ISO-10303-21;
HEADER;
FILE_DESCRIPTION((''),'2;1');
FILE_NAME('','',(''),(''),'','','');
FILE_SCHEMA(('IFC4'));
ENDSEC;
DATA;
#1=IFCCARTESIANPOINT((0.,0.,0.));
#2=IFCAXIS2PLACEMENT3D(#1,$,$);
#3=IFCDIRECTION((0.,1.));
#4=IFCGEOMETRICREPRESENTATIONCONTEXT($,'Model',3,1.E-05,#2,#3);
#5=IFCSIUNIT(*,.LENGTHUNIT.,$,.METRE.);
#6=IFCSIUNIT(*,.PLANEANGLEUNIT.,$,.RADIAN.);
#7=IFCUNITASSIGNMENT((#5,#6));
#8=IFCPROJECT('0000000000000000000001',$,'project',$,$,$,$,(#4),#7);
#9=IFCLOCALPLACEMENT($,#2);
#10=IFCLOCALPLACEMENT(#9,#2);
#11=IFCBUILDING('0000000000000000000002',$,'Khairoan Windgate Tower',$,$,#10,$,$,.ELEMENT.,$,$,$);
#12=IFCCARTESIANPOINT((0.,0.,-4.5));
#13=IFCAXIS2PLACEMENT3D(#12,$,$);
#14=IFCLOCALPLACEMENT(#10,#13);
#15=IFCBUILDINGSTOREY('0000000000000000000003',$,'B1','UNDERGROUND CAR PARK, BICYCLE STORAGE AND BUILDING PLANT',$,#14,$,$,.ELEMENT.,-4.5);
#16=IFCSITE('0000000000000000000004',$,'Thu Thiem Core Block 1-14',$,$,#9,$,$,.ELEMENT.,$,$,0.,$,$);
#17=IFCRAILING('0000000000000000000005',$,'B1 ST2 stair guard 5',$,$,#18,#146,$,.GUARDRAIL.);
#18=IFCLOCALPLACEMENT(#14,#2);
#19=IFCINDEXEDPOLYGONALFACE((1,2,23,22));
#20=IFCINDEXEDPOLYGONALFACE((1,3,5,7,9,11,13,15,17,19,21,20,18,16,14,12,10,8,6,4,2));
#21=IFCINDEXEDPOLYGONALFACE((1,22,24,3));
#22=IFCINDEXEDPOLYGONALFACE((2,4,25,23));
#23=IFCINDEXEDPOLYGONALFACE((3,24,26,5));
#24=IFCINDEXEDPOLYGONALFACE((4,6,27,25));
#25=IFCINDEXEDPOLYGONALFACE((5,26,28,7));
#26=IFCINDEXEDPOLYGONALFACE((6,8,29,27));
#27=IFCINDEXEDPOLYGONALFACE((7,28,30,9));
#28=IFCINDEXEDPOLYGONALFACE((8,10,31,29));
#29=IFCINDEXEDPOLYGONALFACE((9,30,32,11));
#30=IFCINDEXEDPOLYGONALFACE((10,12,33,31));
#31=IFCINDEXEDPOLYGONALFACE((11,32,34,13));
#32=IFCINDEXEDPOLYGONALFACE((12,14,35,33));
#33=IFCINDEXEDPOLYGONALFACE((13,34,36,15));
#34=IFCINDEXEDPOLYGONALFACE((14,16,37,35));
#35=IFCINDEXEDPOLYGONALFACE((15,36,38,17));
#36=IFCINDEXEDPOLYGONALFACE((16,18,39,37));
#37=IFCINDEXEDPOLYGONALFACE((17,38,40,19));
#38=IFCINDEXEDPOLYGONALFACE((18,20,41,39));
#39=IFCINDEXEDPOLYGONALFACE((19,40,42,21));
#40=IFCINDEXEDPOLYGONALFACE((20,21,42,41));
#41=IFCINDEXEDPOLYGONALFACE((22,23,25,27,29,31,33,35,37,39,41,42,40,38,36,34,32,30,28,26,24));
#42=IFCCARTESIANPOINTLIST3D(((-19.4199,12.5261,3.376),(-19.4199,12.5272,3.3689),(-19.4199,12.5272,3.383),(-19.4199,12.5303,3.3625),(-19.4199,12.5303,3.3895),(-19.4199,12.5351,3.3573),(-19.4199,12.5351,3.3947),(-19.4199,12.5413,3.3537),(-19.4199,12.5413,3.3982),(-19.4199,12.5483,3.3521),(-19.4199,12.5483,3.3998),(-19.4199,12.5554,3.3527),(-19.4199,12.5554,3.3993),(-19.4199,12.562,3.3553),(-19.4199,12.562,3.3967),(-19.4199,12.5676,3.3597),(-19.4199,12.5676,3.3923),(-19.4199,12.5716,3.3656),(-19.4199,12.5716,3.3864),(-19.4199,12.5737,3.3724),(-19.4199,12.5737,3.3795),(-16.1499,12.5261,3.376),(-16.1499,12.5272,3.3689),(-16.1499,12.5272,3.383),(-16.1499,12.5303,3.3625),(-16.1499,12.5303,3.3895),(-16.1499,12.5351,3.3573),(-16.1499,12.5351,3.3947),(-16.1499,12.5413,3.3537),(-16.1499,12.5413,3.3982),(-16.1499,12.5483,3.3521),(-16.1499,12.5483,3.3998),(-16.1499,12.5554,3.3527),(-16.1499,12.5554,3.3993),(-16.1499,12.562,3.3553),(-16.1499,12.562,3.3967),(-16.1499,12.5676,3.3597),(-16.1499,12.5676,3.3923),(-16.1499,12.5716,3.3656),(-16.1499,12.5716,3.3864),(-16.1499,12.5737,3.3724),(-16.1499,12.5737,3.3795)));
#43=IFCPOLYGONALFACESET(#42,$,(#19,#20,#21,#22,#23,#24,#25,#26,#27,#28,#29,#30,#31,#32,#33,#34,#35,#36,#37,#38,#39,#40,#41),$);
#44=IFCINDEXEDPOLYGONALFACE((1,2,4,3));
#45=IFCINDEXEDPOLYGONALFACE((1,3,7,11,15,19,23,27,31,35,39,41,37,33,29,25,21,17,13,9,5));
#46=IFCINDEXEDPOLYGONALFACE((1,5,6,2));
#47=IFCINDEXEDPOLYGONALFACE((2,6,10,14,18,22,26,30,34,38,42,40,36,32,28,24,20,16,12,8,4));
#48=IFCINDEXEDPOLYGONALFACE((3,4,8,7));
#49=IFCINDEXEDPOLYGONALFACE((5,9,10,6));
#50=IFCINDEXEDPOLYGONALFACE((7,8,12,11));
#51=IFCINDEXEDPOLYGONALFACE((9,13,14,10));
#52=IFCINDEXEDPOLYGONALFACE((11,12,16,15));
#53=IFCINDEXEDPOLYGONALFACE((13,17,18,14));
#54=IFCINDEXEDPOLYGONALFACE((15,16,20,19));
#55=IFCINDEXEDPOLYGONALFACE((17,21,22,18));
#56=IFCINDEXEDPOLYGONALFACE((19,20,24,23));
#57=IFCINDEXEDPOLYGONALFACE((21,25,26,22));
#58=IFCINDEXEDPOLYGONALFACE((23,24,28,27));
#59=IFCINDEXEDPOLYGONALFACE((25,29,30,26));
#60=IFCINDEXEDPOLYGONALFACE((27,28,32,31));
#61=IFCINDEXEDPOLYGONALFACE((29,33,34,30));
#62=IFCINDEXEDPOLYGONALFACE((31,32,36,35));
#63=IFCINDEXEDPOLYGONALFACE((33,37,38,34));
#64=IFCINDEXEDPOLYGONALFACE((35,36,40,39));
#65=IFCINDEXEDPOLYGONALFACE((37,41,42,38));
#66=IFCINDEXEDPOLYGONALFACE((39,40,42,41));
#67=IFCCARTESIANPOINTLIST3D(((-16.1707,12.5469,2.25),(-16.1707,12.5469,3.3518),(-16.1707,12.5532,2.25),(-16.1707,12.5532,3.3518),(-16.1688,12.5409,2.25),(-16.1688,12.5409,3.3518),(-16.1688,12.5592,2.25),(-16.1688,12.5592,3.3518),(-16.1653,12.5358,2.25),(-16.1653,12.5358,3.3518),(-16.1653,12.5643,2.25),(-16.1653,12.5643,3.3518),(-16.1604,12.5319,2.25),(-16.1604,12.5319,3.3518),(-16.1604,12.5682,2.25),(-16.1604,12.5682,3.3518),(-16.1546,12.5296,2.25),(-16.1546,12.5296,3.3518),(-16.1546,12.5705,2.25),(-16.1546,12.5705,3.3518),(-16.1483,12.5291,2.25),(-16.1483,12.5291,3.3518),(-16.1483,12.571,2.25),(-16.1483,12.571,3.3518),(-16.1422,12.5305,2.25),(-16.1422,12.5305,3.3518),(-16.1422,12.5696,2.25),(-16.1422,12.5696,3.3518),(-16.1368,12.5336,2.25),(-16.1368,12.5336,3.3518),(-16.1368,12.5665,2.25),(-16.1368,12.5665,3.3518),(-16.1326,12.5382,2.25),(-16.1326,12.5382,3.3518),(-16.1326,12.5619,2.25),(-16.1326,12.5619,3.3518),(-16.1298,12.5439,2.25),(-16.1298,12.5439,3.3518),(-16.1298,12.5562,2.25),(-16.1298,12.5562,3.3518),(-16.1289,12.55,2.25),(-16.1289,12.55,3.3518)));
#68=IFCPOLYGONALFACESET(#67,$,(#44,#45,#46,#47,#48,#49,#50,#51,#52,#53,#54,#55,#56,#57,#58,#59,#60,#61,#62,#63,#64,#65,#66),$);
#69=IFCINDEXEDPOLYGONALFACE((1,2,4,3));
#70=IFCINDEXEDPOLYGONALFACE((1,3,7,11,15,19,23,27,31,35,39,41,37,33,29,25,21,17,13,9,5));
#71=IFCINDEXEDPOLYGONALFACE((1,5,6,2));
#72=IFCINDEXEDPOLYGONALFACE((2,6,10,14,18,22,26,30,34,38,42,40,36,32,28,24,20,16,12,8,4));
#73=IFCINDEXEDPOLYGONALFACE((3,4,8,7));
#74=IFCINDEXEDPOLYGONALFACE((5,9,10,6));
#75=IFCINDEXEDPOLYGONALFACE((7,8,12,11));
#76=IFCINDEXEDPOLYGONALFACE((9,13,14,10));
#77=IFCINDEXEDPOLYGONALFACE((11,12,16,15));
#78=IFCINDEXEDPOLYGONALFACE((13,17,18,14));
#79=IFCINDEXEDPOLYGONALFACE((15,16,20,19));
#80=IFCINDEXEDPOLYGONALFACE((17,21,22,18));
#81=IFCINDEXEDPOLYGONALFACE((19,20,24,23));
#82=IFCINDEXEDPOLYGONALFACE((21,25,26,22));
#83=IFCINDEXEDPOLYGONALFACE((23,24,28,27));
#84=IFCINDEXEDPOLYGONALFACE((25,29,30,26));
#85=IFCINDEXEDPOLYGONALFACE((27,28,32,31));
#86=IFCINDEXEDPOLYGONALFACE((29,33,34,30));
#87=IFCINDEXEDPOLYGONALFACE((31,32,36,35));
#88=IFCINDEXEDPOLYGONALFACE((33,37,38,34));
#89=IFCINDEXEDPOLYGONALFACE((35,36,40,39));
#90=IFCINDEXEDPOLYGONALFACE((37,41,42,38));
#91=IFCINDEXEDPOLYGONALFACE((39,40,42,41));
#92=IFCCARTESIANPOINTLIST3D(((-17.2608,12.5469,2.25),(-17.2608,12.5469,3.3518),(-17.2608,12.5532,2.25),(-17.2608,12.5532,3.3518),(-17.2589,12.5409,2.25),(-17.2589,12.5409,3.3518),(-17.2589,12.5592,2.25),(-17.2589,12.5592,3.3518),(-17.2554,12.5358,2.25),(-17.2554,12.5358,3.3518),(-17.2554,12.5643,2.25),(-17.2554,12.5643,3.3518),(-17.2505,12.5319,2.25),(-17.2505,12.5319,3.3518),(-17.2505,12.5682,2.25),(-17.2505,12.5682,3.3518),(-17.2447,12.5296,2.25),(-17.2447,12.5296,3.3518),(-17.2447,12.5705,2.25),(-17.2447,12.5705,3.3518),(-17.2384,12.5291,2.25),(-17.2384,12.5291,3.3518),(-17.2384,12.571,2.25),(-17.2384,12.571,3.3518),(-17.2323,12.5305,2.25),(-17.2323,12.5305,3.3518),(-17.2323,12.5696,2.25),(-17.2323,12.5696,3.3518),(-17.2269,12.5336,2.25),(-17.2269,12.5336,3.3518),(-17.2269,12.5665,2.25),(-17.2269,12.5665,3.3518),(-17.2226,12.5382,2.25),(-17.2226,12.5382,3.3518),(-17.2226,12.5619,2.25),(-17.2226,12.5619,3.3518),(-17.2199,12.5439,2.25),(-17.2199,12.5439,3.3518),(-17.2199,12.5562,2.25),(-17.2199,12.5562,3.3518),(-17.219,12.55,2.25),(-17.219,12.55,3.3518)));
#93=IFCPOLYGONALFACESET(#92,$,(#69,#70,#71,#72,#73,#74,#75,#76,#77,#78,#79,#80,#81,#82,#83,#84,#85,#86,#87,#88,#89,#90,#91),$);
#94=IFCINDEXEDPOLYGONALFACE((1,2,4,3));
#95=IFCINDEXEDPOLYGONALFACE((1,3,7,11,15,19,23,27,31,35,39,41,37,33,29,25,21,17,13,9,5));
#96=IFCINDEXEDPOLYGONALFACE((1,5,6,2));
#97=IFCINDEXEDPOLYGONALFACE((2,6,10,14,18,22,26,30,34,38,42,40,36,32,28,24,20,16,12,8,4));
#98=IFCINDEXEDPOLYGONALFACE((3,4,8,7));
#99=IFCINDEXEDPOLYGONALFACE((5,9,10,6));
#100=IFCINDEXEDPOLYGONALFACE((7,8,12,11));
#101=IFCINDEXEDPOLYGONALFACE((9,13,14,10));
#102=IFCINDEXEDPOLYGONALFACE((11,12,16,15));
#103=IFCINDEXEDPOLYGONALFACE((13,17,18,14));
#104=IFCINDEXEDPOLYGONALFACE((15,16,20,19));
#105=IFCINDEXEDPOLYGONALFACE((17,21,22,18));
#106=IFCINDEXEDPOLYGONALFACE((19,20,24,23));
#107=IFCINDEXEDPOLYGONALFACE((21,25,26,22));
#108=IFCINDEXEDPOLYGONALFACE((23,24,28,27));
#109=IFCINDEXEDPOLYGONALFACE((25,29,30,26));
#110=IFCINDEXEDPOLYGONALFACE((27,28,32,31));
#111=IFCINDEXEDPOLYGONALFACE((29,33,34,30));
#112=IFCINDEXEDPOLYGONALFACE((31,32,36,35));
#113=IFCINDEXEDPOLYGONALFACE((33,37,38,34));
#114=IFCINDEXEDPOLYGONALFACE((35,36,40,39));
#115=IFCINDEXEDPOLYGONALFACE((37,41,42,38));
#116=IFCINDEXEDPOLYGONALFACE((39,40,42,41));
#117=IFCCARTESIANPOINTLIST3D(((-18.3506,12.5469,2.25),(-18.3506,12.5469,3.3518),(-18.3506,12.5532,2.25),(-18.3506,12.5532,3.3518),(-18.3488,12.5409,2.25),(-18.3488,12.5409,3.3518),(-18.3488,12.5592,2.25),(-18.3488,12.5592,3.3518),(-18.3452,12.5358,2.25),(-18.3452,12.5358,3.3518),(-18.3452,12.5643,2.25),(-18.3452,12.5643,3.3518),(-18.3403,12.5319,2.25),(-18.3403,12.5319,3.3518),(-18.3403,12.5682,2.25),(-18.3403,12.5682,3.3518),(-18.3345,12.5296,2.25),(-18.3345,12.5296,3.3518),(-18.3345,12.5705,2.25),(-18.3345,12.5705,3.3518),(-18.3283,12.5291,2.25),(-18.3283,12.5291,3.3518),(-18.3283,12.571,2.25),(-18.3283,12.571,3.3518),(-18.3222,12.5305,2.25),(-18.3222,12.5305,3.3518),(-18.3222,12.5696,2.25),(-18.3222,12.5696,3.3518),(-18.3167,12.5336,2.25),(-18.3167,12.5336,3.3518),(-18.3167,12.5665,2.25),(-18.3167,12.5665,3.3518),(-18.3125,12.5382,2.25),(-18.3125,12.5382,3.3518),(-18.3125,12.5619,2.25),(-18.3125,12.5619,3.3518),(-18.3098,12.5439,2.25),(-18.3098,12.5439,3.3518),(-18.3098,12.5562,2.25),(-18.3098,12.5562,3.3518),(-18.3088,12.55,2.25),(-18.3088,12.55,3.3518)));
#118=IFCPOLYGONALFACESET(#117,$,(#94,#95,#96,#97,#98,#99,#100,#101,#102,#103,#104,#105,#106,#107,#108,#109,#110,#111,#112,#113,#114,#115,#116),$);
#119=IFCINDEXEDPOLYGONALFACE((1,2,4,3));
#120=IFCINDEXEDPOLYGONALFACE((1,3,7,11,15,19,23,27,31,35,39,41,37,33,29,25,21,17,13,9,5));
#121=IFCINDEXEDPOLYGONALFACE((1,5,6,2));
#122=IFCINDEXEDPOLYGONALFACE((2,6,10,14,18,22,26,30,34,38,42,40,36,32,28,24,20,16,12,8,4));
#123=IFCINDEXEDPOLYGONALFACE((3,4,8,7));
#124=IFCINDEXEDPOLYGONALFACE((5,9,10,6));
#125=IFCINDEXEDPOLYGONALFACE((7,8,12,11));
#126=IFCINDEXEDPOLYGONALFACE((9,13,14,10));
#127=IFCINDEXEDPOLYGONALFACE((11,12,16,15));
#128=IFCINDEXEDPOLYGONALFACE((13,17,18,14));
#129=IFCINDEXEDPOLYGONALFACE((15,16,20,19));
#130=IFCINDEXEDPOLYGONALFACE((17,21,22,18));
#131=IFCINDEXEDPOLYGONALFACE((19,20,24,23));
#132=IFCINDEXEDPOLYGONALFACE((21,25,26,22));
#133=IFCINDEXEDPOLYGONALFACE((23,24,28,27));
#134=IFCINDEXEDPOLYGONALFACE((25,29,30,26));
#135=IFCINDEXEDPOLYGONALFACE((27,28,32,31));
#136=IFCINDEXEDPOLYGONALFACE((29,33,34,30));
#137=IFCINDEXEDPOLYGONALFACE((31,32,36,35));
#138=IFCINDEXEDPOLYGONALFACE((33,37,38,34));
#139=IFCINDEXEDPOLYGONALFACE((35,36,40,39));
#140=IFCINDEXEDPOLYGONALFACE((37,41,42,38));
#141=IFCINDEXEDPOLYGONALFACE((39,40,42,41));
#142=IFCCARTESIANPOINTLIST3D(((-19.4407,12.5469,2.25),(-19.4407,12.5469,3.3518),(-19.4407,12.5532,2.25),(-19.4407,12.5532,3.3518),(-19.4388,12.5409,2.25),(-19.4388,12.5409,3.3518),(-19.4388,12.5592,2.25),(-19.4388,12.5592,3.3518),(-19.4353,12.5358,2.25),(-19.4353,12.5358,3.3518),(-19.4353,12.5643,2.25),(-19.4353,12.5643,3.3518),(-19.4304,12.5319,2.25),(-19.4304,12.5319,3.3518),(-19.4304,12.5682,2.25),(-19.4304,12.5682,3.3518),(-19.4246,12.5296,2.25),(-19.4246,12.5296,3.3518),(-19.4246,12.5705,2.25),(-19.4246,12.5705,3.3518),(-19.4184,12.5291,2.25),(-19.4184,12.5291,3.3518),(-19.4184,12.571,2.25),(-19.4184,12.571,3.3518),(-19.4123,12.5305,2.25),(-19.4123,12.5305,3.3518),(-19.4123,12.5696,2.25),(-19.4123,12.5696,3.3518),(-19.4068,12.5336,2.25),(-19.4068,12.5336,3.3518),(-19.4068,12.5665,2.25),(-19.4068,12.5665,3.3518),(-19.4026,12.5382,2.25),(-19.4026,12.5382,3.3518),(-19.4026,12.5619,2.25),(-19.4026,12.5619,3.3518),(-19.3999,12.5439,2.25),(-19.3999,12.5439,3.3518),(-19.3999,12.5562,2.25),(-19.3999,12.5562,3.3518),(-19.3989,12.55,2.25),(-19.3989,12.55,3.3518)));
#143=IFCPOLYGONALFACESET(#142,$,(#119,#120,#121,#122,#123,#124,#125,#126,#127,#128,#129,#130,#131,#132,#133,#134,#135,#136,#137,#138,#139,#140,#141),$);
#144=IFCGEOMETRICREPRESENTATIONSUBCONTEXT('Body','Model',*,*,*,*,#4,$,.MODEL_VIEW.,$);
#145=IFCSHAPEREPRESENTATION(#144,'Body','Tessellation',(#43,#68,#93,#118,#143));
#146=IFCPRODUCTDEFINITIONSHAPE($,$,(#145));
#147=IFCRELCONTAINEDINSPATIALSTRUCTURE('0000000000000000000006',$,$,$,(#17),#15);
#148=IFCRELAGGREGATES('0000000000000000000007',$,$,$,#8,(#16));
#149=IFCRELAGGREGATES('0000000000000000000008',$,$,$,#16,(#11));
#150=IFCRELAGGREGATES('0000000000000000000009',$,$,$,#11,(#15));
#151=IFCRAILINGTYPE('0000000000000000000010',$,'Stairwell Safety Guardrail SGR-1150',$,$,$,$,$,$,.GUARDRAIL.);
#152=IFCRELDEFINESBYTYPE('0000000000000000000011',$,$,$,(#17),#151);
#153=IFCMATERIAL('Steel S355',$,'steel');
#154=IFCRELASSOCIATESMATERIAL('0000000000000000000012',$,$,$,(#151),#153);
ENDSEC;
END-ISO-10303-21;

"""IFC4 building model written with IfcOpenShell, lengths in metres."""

from ifc_helpers import new_model, si_unit, direction, frame, origin, origin_2d, place, context, subcontext, project, spatial, circle, extrude, material, type_object, element, save


model = new_model("IFC4")

# Units and contexts
model_context = context("Model", 3, precision=1e-05, world=origin(), true_north=direction((0.0, 1.0)))
body_context = subcontext(model_context, "Body", "Model", "MODEL_VIEW")
ifc_project = project(units=[si_unit("LENGTHUNIT", "METRE"), si_unit("PLANEANGLEUNIT", "RADIAN")], contexts=[model_context])

# Site, building, storey
site_placement = place(None, origin())
site = spatial("IfcSite", under=ifc_project, at=site_placement, Name="Thu Thiem Core Block 1-14", CompositionType="ELEMENT", RefElevation=0.0)
building_placement = place(site_placement, origin())
building = spatial("IfcBuilding", under=site, at=building_placement, Name="Khairoan Windgate Tower", CompositionType="ELEMENT")
storey_placement = place(building_placement, frame((0.0, 0.0, -4.5)))
storey = spatial("IfcBuildingStorey", under=building, at=storey_placement, Name="B1", Description="UNDERGROUND CAR PARK, BICYCLE STORAGE AND BUILDING PLANT", CompositionType="ELEMENT", Elevation=-4.5)

# Railing
ifc_material_1 = material(Name="Steel S355", Category="steel")
railing_type = type_object("IfcRailingType", Name="Stairwell Safety Guardrail SGR-1150", PredefinedType="GUARDRAIL", material=ifc_material_1)
railing_1_placement = place(storey_placement, frame((-16.1499, 12.55, 2.25)))
element("IfcRailing", 1, at=railing_1_placement, inside=storey, type_object=railing_type, Name="B1 ST2 stair guard 5", PredefinedType="GUARDRAIL", context=body_context, shape_type="SweptSolid", body=[
    extrude(circle(Radius=0.0239, at=origin_2d()), frame((0.0, 0.0, 1.126), z_axis=(-1.0, 0.0, 0.0), x_axis=(0.0, -1.0, 0.0)), (0.0, 0.0, 1.0), 3.27),
    extrude(circle(Radius=0.021, at=origin_2d()), origin(), (0.0, 0.0, 1.0), 1.1018),
    extrude(circle(Radius=0.021, at=origin_2d()), frame((-1.0901, 0.0, 0.0)), (0.0, 0.0, 1.0), 1.1018),
    extrude(circle(Radius=0.021, at=origin_2d()), frame((-2.1799, 0.0, 0.0)), (0.0, 0.0, 1.0), 1.1018),
    extrude(circle(Radius=0.021, at=origin_2d()), frame((-3.27, 0.0, 0.0)), (0.0, 0.0, 1.0), 1.1018),
])

save(model, "model.ifc")
